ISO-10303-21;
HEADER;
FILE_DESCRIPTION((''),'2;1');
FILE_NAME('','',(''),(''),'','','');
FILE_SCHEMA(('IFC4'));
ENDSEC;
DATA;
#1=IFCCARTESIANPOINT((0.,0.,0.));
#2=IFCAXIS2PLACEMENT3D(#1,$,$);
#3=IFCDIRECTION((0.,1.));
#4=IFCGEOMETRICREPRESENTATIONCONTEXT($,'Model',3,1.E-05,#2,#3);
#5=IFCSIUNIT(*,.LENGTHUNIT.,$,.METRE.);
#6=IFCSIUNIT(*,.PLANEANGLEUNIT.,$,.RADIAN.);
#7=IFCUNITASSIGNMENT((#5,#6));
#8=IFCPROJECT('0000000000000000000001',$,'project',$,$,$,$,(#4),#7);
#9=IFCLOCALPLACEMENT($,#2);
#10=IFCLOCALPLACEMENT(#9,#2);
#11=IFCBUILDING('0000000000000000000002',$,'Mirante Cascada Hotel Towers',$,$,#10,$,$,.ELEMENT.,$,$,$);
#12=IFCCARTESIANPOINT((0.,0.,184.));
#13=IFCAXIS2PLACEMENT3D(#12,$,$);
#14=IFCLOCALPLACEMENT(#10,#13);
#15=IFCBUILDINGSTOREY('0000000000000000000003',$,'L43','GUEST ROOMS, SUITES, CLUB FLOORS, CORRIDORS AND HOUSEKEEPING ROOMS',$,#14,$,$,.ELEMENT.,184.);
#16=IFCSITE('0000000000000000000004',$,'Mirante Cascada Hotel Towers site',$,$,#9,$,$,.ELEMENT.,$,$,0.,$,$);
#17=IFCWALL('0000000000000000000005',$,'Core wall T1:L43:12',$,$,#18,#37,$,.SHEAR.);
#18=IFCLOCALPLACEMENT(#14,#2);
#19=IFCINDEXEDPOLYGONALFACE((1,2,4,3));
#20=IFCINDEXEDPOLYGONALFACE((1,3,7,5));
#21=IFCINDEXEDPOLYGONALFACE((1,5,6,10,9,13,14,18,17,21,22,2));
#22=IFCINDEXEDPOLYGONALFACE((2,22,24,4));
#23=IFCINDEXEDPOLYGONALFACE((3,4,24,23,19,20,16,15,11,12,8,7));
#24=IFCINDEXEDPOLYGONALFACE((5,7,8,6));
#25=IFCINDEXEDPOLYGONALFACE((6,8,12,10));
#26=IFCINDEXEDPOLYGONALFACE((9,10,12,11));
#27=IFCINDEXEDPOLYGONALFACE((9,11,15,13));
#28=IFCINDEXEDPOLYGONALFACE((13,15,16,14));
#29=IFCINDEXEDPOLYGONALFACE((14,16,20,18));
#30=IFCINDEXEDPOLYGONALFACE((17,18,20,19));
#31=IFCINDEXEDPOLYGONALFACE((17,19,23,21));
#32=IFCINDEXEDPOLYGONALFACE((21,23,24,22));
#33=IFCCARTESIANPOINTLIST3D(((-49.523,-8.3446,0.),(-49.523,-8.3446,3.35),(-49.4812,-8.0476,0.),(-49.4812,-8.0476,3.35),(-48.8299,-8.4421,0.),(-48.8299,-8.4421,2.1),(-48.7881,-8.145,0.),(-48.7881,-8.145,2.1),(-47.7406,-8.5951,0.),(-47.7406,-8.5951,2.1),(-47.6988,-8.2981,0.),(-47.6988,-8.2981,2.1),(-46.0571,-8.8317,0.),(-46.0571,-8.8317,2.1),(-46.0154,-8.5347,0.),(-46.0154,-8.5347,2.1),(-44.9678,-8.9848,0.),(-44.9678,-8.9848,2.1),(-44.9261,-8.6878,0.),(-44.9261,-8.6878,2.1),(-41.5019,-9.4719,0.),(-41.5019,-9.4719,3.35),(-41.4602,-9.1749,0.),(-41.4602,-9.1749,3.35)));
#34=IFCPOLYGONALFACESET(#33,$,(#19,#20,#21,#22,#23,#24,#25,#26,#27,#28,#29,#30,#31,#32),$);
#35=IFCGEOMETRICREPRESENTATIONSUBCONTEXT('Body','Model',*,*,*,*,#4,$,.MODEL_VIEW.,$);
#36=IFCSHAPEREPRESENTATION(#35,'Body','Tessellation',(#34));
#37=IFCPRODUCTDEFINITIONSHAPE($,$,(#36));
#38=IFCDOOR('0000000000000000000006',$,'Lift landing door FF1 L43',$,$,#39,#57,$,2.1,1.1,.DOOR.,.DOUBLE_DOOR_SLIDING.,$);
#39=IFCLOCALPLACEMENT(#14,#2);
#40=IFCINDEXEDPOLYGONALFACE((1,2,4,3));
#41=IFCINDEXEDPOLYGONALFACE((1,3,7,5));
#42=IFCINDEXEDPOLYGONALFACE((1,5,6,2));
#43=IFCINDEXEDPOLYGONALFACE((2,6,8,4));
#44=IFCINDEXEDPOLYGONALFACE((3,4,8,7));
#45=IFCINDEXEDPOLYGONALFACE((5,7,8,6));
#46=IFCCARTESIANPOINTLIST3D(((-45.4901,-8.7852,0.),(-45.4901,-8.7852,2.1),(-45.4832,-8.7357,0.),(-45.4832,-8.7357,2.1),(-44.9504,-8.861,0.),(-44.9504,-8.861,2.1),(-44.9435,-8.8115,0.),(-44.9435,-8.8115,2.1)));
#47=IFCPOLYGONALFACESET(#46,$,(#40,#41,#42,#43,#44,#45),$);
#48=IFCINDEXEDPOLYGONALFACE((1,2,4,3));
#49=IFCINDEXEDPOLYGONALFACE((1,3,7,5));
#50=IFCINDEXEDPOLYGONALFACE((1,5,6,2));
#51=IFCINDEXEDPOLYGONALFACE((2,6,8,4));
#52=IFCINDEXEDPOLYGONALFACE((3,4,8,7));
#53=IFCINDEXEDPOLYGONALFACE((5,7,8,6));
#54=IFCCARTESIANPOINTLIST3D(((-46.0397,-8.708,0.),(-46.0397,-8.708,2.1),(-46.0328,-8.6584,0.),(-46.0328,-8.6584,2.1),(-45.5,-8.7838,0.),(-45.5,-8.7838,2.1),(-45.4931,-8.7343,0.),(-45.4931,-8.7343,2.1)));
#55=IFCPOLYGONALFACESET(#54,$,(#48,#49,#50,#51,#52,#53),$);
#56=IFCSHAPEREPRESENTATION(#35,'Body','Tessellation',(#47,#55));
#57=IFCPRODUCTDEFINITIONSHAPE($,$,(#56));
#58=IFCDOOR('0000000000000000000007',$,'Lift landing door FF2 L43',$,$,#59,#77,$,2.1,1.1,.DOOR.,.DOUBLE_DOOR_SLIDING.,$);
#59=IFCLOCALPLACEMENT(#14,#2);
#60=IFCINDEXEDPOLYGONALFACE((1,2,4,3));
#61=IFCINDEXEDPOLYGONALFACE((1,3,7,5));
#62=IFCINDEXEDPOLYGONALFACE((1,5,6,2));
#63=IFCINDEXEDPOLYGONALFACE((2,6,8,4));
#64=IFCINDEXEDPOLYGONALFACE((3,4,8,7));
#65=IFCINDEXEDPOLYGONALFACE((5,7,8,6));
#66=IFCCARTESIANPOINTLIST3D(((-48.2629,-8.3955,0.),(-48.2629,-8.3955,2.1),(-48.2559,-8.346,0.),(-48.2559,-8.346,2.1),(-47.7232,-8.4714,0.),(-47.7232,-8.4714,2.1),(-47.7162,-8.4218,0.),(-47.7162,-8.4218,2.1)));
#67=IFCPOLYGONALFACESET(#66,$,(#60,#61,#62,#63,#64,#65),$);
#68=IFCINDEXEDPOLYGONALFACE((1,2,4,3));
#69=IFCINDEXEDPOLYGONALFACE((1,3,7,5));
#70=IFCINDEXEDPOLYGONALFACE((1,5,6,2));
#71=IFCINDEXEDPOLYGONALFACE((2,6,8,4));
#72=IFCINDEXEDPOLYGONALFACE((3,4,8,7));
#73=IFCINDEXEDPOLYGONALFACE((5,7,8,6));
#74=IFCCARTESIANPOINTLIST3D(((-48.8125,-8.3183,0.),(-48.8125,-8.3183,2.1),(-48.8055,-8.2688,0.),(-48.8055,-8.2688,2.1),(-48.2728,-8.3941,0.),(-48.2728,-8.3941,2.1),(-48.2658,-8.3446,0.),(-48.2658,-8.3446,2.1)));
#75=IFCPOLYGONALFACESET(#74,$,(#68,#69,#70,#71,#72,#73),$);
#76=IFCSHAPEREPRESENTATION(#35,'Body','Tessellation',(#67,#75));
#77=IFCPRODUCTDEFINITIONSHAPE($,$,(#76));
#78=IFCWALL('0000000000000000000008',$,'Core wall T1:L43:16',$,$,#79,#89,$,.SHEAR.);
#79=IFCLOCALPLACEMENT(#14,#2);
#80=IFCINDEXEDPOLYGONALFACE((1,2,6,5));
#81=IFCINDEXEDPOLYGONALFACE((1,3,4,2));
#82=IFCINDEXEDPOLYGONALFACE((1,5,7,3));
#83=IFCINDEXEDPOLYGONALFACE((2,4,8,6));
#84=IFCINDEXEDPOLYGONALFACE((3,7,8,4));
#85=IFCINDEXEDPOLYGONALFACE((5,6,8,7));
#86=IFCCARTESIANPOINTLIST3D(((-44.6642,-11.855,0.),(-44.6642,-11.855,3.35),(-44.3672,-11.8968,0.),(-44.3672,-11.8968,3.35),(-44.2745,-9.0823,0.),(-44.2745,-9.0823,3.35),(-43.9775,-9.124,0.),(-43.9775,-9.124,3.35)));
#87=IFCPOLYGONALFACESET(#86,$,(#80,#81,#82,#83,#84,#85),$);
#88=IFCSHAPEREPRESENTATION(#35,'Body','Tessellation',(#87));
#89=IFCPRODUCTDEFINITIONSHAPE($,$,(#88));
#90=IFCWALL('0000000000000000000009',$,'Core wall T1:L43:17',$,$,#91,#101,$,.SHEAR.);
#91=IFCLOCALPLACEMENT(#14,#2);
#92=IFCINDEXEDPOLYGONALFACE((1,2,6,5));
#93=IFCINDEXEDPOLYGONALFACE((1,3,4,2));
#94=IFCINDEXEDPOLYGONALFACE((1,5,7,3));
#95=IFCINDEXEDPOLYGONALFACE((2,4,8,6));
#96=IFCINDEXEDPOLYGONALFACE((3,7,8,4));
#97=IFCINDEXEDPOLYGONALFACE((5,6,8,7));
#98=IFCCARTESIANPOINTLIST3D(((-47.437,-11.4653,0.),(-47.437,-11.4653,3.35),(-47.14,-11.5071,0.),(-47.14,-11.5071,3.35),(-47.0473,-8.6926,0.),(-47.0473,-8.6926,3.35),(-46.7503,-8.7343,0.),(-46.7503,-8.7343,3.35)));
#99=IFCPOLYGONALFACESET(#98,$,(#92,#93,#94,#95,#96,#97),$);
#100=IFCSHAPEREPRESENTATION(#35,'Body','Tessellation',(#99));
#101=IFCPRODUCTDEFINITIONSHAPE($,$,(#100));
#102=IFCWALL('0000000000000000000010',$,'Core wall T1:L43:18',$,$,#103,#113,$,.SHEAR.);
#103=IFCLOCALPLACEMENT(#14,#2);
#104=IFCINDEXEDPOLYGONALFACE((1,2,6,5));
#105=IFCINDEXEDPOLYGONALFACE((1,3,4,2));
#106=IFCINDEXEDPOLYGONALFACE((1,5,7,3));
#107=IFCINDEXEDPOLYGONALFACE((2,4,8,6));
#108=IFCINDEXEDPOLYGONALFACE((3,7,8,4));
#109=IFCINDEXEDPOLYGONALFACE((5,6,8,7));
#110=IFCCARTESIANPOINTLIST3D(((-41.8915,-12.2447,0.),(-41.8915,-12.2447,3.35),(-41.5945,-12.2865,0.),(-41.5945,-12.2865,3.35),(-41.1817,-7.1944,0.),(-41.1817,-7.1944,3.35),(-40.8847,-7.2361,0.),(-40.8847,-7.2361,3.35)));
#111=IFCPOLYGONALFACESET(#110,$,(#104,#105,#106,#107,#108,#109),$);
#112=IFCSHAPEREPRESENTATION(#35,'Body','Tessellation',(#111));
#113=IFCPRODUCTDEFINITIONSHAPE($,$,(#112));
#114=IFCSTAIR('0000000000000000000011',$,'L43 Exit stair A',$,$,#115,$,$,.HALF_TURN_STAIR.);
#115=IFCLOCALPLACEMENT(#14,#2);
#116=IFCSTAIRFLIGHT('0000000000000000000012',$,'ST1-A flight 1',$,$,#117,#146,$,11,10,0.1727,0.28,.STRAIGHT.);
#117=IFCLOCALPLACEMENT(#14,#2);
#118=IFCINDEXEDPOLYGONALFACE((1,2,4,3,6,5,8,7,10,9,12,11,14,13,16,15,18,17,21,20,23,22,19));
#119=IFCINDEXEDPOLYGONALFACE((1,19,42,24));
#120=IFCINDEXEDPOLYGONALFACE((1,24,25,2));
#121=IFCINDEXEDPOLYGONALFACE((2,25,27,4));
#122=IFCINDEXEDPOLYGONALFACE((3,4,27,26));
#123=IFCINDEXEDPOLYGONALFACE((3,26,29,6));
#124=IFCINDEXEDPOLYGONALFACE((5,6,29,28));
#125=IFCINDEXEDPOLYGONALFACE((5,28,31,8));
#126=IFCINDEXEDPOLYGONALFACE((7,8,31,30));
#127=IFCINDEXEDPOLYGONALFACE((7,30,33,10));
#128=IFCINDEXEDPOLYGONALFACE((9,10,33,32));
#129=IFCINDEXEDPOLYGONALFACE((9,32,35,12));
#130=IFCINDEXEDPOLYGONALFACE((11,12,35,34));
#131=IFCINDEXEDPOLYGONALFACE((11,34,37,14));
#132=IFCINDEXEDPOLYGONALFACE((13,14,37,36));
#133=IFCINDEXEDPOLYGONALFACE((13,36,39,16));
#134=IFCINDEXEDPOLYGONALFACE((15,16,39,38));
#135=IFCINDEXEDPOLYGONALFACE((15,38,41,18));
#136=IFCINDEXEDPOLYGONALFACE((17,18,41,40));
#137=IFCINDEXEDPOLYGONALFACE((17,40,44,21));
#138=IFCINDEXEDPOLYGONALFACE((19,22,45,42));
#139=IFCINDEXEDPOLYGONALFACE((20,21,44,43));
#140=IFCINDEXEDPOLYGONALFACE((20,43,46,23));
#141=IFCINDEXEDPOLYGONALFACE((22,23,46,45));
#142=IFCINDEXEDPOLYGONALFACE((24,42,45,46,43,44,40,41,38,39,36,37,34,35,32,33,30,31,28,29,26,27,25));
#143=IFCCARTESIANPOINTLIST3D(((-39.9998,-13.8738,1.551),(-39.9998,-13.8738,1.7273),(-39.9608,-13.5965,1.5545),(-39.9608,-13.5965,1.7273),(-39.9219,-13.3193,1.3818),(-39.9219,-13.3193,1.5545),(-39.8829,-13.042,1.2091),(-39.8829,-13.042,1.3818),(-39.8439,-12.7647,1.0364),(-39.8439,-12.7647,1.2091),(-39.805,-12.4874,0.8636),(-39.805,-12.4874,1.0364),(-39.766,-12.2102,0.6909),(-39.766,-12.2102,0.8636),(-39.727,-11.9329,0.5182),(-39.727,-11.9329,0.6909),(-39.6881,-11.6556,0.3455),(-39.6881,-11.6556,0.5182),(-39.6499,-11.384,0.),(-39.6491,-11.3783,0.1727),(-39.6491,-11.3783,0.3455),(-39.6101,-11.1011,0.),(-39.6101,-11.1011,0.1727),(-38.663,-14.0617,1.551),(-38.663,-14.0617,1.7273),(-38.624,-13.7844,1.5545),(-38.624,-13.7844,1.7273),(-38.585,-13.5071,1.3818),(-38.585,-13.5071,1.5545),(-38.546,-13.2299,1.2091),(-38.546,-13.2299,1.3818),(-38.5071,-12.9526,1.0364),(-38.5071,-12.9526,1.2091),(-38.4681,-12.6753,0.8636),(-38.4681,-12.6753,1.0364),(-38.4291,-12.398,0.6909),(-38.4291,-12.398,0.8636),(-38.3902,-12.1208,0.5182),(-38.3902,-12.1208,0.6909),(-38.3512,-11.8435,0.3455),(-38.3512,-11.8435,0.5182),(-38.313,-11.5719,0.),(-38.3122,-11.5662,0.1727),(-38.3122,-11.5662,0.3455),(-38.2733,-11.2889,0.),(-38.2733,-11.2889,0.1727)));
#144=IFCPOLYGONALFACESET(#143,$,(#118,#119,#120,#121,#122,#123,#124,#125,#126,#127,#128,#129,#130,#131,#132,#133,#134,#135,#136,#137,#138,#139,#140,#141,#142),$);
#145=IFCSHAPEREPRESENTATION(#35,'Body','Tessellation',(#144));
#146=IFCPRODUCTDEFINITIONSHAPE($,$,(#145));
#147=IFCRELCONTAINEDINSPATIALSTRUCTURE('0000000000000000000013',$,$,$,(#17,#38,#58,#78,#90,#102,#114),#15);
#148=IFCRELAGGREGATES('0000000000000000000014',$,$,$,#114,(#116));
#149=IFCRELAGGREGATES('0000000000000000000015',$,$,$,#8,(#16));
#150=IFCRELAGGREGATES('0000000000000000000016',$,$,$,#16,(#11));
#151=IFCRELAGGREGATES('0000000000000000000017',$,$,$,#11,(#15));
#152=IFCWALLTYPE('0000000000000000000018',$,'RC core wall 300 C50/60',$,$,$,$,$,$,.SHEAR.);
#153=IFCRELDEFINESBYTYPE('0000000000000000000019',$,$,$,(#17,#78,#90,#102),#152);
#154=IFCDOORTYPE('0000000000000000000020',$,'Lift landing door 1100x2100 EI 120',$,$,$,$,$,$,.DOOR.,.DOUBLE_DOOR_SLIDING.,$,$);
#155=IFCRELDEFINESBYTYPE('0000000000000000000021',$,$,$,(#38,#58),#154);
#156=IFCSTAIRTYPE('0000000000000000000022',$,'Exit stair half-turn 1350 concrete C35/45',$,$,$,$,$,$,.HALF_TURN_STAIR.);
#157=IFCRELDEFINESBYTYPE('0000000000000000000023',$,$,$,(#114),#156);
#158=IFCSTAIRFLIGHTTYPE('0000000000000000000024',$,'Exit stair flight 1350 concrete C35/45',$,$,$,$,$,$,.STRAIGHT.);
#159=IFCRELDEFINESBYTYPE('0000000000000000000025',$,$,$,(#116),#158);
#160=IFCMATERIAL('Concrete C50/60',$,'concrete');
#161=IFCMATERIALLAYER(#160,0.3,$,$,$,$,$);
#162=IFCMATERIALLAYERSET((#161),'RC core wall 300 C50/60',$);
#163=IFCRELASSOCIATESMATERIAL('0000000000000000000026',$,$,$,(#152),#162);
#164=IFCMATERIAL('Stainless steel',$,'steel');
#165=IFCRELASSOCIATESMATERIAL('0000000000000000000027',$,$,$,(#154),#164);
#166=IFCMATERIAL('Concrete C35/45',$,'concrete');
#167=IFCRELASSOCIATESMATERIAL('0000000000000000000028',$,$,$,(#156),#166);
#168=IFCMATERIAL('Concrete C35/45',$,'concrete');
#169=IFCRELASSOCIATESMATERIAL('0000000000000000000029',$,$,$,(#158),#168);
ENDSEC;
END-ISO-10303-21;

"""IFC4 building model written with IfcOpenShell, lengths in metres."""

from ifc_helpers import new_model, si_unit, direction, frame, frame_2d, origin, place, context, subcontext, project, spatial, polyline, rectangle, outline, extrude, material, layer, layer_set, type_object, element, fill, aggregate, save


model = new_model("IFC4")

# Units and contexts
model_context = context("Model", 3, precision=1e-05, world=origin(), true_north=direction((0.0, 1.0)))
body_context = subcontext(model_context, "Body", "Model", "MODEL_VIEW")
ifc_project = project(units=[si_unit("LENGTHUNIT", "METRE"), si_unit("PLANEANGLEUNIT", "RADIAN")], contexts=[model_context])

# Site, building, storey
site_placement = place(None, origin())
site = spatial("IfcSite", under=ifc_project, at=site_placement, Name="Mirante Cascada Hotel Towers site", CompositionType="ELEMENT", RefElevation=0.0)
building_placement = place(site_placement, origin())
building = spatial("IfcBuilding", under=site, at=building_placement, Name="Mirante Cascada Hotel Towers", CompositionType="ELEMENT")
storey_placement = place(building_placement, frame((0.0, 0.0, 184.0)))
storey = spatial("IfcBuildingStorey", under=building, at=storey_placement, Name="L43", Description="GUEST ROOMS, SUITES, CLUB FLOORS, CORRIDORS AND HOUSEKEEPING ROOMS", CompositionType="ELEMENT", Elevation=184.0)

# Shared definitions
ifc_material_1 = material(Name="Concrete C50/60", Category="concrete")
ifc_layer_1 = layer(ifc_material_1, 0.3)
ifc_layer_set_1 = layer_set([ifc_layer_1], Name="RC core wall 300 C50/60")
wall_type_1 = type_object("IfcWallType", Name="RC core wall 300 C50/60", PredefinedType="SHEAR", material=ifc_layer_set_1)

# Wall, openings, doors
wall_1_placement = place(storey_placement, frame((-41.481, -9.3234, 0.0), z_axis=(0.0, 0.0, 1.0), x_axis=(-0.990268, 0.139174, 0.0)))
wall_1 = element("IfcWall", 1, at=wall_1_placement, inside=storey, type_object=wall_type_1, Name="Core wall T1:L43:12", PredefinedType="SHEAR", context=body_context, shape_type="SweptSolid", body=[
    extrude(rectangle(XDim=8.0999, YDim=0.3, at=frame_2d((4.05, 0.0))), origin(), (0.0, 0.0, 1.0), 3.35),
])
opening_1_placement = place(wall_1_placement, frame((3.5, 0.0, 0.0)))
opening_1 = element("IfcOpeningElement", 2, at=opening_1_placement, cuts=wall_1, PredefinedType="OPENING", context=body_context, shape_type="SweptSolid", body=[
    extrude(rectangle(XDim=1.1, YDim=2.1, at=frame_2d((0.55, 1.05))), frame((0.0, 0.15, 0.0), z_axis=(0.0, -1.0, 0.0), x_axis=(1.0, 0.0, 0.0)), (0.0, 0.0, 1.0), 0.3),
])
opening_2_placement = place(wall_1_placement, frame((6.3, 0.0, 0.0)))
opening_2 = element("IfcOpeningElement", 3, at=opening_2_placement, cuts=wall_1, PredefinedType="OPENING", context=body_context, shape_type="SweptSolid", body=[
    extrude(rectangle(XDim=1.1, YDim=2.1, at=frame_2d((0.55, 1.05))), frame((0.0, 0.15, 0.0), z_axis=(0.0, -1.0, 0.0), x_axis=(1.0, 0.0, 0.0)), (0.0, 0.0, 1.0), 0.3),
])
ifc_material_2 = material(Name="Stainless steel", Category="steel")
door_type_1 = type_object("IfcDoorType", Name="Lift landing door 1100x2100 EI 120", OperationType="DOUBLE_DOOR_SLIDING", PredefinedType="DOOR", material=ifc_material_2)
door_1_placement = place(opening_1_placement, origin())
door_1 = element("IfcDoor", 4, at=door_1_placement, inside=storey, type_object=door_type_1, Name="Lift landing door FF1 L43", OperationType="DOUBLE_DOOR_SLIDING", OverallHeight=2.1, OverallWidth=1.1, PredefinedType="DOOR", context=body_context, shape_type="SweptSolid", body=[
    extrude(rectangle(XDim=0.545, YDim=2.1, at=frame_2d((0.2725, 1.05))), frame((0.0, 0.025, 0.0), z_axis=(0.0, -1.0, 0.0), x_axis=(1.0, 0.0, 0.0)), (0.0, 0.0, 1.0), 0.05),
    extrude(rectangle(XDim=0.545, YDim=2.1, at=frame_2d((0.8275, 1.05))), frame((0.0, 0.025, 0.0), z_axis=(0.0, -1.0, 0.0), x_axis=(1.0, 0.0, 0.0)), (0.0, 0.0, 1.0), 0.05),
])
fill(opening_1, door_1)
door_2_placement = place(opening_2_placement, origin())
door_2 = element("IfcDoor", 5, at=door_2_placement, inside=storey, type_object=door_type_1, Name="Lift landing door FF2 L43", OperationType="DOUBLE_DOOR_SLIDING", OverallHeight=2.1, OverallWidth=1.1, PredefinedType="DOOR", context=body_context, shape_type="SweptSolid", body=[
    extrude(rectangle(XDim=0.545, YDim=2.1, at=frame_2d((0.2725, 1.05))), frame((0.0, 0.025, 0.0), z_axis=(0.0, -1.0, 0.0), x_axis=(1.0, 0.0, 0.0)), (0.0, 0.0, 1.0), 0.05),
    extrude(rectangle(XDim=0.545, YDim=2.1, at=frame_2d((0.8275, 1.05))), frame((0.0, 0.025, 0.0), z_axis=(0.0, -1.0, 0.0), x_axis=(1.0, 0.0, 0.0)), (0.0, 0.0, 1.0), 0.05),
])
fill(opening_2, door_2)

# Walls
for number, where, z_axis, x_axis, name in (
    (6, (-44.5157, -11.8759, 0.0), (0.0, 0.0, 1.0), (0.139181, 0.990267, 0.0), "Core wall T1:L43:16"),
    (7, (-47.2885, -11.4862, 0.0), (0.0, 0.0, 1.0), (0.139181, 0.990267, 0.0), "Core wall T1:L43:17"),
):
    element("IfcWall", number, at=place(storey_placement, frame(where, z_axis=z_axis, x_axis=x_axis)), inside=storey, type_object=wall_type_1, Name=name, PredefinedType="SHEAR", context=body_context, shape_type="SweptSolid", body=[
        extrude(rectangle(XDim=2.8, YDim=0.3, at=frame_2d((1.4, 0.0))), origin(), (0.0, 0.0, 1.0), 3.35),
    ])
wall_2_placement = place(storey_placement, frame((-41.743, -12.2656, 0.0), z_axis=(0.0, 0.0, 1.0), x_axis=(0.139176, 0.990268, 0.0)))
element("IfcWall", 8, at=wall_2_placement, inside=storey, type_object=wall_type_1, Name="Core wall T1:L43:18", PredefinedType="SHEAR", context=body_context, shape_type="SweptSolid", body=[
    extrude(rectangle(XDim=5.1, YDim=0.3, at=frame_2d((2.55, 0.0))), origin(), (0.0, 0.0, 1.0), 3.35),
])

# Stair, stair flight
ifc_material_3 = material(Name="Concrete C35/45", Category="concrete")
stair_type = type_object("IfcStairType", Name="Exit stair half-turn 1350 concrete C35/45", PredefinedType="HALF_TURN_STAIR", material=ifc_material_3)
stair_placement = place(storey_placement, origin())
stair = element("IfcStair", 9, at=stair_placement, inside=storey, type_object=stair_type, Name="L43 Exit stair A", PredefinedType="HALF_TURN_STAIR")
ifc_material_4 = material(Name="Concrete C35/45", Category="concrete")
stair_flight_type = type_object("IfcStairFlightType", Name="Exit stair flight 1350 concrete C35/45", PredefinedType="STRAIGHT", material=ifc_material_4)
stair_flight_placement = place(storey_placement, frame((-38.9417, -11.195, 0.0), z_axis=(0.0, 0.0, 1.0), x_axis=(-0.139173, -0.990268, 0.0)))
stair_flight = element("IfcStairFlight", 10, at=stair_flight_placement, type_object=stair_flight_type, Name="ST1-A flight 1", NumberOfRisers=11, NumberOfTreads=10, PredefinedType="STRAIGHT", RiserHeight=0.1727, TreadLength=0.28, context=body_context, shape_type="SweptSolid", body=[
    extrude(outline(polyline([(0.0, 0.0), (0.0, 0.1727), (0.28, 0.1727), (0.28, 0.3455), (0.56, 0.3455), (0.56, 0.5182), (0.84, 0.5182), (0.84, 0.6909), (1.12, 0.6909), (1.12, 0.8636), (1.4, 0.8636), (1.4, 1.0364), (1.68, 1.0364), (1.68, 1.2091), (1.96, 1.2091), (1.96, 1.3818), (2.24, 1.3818), (2.24, 1.5545), (2.52, 1.5545), (2.52, 1.7273), (2.8, 1.7273), (2.8, 1.9), (2.8, 1.551), (0.2857, 0.0), (0.0, 0.0)])), frame((0.0, 0.675, 0.0), z_axis=(0.0, -1.0, 0.0), x_axis=(1.0, 0.0, 0.0)), (0.0, 0.0, 1.0), 1.35),
])
aggregate(stair, [stair_flight])

save(model, "model.ifc")
